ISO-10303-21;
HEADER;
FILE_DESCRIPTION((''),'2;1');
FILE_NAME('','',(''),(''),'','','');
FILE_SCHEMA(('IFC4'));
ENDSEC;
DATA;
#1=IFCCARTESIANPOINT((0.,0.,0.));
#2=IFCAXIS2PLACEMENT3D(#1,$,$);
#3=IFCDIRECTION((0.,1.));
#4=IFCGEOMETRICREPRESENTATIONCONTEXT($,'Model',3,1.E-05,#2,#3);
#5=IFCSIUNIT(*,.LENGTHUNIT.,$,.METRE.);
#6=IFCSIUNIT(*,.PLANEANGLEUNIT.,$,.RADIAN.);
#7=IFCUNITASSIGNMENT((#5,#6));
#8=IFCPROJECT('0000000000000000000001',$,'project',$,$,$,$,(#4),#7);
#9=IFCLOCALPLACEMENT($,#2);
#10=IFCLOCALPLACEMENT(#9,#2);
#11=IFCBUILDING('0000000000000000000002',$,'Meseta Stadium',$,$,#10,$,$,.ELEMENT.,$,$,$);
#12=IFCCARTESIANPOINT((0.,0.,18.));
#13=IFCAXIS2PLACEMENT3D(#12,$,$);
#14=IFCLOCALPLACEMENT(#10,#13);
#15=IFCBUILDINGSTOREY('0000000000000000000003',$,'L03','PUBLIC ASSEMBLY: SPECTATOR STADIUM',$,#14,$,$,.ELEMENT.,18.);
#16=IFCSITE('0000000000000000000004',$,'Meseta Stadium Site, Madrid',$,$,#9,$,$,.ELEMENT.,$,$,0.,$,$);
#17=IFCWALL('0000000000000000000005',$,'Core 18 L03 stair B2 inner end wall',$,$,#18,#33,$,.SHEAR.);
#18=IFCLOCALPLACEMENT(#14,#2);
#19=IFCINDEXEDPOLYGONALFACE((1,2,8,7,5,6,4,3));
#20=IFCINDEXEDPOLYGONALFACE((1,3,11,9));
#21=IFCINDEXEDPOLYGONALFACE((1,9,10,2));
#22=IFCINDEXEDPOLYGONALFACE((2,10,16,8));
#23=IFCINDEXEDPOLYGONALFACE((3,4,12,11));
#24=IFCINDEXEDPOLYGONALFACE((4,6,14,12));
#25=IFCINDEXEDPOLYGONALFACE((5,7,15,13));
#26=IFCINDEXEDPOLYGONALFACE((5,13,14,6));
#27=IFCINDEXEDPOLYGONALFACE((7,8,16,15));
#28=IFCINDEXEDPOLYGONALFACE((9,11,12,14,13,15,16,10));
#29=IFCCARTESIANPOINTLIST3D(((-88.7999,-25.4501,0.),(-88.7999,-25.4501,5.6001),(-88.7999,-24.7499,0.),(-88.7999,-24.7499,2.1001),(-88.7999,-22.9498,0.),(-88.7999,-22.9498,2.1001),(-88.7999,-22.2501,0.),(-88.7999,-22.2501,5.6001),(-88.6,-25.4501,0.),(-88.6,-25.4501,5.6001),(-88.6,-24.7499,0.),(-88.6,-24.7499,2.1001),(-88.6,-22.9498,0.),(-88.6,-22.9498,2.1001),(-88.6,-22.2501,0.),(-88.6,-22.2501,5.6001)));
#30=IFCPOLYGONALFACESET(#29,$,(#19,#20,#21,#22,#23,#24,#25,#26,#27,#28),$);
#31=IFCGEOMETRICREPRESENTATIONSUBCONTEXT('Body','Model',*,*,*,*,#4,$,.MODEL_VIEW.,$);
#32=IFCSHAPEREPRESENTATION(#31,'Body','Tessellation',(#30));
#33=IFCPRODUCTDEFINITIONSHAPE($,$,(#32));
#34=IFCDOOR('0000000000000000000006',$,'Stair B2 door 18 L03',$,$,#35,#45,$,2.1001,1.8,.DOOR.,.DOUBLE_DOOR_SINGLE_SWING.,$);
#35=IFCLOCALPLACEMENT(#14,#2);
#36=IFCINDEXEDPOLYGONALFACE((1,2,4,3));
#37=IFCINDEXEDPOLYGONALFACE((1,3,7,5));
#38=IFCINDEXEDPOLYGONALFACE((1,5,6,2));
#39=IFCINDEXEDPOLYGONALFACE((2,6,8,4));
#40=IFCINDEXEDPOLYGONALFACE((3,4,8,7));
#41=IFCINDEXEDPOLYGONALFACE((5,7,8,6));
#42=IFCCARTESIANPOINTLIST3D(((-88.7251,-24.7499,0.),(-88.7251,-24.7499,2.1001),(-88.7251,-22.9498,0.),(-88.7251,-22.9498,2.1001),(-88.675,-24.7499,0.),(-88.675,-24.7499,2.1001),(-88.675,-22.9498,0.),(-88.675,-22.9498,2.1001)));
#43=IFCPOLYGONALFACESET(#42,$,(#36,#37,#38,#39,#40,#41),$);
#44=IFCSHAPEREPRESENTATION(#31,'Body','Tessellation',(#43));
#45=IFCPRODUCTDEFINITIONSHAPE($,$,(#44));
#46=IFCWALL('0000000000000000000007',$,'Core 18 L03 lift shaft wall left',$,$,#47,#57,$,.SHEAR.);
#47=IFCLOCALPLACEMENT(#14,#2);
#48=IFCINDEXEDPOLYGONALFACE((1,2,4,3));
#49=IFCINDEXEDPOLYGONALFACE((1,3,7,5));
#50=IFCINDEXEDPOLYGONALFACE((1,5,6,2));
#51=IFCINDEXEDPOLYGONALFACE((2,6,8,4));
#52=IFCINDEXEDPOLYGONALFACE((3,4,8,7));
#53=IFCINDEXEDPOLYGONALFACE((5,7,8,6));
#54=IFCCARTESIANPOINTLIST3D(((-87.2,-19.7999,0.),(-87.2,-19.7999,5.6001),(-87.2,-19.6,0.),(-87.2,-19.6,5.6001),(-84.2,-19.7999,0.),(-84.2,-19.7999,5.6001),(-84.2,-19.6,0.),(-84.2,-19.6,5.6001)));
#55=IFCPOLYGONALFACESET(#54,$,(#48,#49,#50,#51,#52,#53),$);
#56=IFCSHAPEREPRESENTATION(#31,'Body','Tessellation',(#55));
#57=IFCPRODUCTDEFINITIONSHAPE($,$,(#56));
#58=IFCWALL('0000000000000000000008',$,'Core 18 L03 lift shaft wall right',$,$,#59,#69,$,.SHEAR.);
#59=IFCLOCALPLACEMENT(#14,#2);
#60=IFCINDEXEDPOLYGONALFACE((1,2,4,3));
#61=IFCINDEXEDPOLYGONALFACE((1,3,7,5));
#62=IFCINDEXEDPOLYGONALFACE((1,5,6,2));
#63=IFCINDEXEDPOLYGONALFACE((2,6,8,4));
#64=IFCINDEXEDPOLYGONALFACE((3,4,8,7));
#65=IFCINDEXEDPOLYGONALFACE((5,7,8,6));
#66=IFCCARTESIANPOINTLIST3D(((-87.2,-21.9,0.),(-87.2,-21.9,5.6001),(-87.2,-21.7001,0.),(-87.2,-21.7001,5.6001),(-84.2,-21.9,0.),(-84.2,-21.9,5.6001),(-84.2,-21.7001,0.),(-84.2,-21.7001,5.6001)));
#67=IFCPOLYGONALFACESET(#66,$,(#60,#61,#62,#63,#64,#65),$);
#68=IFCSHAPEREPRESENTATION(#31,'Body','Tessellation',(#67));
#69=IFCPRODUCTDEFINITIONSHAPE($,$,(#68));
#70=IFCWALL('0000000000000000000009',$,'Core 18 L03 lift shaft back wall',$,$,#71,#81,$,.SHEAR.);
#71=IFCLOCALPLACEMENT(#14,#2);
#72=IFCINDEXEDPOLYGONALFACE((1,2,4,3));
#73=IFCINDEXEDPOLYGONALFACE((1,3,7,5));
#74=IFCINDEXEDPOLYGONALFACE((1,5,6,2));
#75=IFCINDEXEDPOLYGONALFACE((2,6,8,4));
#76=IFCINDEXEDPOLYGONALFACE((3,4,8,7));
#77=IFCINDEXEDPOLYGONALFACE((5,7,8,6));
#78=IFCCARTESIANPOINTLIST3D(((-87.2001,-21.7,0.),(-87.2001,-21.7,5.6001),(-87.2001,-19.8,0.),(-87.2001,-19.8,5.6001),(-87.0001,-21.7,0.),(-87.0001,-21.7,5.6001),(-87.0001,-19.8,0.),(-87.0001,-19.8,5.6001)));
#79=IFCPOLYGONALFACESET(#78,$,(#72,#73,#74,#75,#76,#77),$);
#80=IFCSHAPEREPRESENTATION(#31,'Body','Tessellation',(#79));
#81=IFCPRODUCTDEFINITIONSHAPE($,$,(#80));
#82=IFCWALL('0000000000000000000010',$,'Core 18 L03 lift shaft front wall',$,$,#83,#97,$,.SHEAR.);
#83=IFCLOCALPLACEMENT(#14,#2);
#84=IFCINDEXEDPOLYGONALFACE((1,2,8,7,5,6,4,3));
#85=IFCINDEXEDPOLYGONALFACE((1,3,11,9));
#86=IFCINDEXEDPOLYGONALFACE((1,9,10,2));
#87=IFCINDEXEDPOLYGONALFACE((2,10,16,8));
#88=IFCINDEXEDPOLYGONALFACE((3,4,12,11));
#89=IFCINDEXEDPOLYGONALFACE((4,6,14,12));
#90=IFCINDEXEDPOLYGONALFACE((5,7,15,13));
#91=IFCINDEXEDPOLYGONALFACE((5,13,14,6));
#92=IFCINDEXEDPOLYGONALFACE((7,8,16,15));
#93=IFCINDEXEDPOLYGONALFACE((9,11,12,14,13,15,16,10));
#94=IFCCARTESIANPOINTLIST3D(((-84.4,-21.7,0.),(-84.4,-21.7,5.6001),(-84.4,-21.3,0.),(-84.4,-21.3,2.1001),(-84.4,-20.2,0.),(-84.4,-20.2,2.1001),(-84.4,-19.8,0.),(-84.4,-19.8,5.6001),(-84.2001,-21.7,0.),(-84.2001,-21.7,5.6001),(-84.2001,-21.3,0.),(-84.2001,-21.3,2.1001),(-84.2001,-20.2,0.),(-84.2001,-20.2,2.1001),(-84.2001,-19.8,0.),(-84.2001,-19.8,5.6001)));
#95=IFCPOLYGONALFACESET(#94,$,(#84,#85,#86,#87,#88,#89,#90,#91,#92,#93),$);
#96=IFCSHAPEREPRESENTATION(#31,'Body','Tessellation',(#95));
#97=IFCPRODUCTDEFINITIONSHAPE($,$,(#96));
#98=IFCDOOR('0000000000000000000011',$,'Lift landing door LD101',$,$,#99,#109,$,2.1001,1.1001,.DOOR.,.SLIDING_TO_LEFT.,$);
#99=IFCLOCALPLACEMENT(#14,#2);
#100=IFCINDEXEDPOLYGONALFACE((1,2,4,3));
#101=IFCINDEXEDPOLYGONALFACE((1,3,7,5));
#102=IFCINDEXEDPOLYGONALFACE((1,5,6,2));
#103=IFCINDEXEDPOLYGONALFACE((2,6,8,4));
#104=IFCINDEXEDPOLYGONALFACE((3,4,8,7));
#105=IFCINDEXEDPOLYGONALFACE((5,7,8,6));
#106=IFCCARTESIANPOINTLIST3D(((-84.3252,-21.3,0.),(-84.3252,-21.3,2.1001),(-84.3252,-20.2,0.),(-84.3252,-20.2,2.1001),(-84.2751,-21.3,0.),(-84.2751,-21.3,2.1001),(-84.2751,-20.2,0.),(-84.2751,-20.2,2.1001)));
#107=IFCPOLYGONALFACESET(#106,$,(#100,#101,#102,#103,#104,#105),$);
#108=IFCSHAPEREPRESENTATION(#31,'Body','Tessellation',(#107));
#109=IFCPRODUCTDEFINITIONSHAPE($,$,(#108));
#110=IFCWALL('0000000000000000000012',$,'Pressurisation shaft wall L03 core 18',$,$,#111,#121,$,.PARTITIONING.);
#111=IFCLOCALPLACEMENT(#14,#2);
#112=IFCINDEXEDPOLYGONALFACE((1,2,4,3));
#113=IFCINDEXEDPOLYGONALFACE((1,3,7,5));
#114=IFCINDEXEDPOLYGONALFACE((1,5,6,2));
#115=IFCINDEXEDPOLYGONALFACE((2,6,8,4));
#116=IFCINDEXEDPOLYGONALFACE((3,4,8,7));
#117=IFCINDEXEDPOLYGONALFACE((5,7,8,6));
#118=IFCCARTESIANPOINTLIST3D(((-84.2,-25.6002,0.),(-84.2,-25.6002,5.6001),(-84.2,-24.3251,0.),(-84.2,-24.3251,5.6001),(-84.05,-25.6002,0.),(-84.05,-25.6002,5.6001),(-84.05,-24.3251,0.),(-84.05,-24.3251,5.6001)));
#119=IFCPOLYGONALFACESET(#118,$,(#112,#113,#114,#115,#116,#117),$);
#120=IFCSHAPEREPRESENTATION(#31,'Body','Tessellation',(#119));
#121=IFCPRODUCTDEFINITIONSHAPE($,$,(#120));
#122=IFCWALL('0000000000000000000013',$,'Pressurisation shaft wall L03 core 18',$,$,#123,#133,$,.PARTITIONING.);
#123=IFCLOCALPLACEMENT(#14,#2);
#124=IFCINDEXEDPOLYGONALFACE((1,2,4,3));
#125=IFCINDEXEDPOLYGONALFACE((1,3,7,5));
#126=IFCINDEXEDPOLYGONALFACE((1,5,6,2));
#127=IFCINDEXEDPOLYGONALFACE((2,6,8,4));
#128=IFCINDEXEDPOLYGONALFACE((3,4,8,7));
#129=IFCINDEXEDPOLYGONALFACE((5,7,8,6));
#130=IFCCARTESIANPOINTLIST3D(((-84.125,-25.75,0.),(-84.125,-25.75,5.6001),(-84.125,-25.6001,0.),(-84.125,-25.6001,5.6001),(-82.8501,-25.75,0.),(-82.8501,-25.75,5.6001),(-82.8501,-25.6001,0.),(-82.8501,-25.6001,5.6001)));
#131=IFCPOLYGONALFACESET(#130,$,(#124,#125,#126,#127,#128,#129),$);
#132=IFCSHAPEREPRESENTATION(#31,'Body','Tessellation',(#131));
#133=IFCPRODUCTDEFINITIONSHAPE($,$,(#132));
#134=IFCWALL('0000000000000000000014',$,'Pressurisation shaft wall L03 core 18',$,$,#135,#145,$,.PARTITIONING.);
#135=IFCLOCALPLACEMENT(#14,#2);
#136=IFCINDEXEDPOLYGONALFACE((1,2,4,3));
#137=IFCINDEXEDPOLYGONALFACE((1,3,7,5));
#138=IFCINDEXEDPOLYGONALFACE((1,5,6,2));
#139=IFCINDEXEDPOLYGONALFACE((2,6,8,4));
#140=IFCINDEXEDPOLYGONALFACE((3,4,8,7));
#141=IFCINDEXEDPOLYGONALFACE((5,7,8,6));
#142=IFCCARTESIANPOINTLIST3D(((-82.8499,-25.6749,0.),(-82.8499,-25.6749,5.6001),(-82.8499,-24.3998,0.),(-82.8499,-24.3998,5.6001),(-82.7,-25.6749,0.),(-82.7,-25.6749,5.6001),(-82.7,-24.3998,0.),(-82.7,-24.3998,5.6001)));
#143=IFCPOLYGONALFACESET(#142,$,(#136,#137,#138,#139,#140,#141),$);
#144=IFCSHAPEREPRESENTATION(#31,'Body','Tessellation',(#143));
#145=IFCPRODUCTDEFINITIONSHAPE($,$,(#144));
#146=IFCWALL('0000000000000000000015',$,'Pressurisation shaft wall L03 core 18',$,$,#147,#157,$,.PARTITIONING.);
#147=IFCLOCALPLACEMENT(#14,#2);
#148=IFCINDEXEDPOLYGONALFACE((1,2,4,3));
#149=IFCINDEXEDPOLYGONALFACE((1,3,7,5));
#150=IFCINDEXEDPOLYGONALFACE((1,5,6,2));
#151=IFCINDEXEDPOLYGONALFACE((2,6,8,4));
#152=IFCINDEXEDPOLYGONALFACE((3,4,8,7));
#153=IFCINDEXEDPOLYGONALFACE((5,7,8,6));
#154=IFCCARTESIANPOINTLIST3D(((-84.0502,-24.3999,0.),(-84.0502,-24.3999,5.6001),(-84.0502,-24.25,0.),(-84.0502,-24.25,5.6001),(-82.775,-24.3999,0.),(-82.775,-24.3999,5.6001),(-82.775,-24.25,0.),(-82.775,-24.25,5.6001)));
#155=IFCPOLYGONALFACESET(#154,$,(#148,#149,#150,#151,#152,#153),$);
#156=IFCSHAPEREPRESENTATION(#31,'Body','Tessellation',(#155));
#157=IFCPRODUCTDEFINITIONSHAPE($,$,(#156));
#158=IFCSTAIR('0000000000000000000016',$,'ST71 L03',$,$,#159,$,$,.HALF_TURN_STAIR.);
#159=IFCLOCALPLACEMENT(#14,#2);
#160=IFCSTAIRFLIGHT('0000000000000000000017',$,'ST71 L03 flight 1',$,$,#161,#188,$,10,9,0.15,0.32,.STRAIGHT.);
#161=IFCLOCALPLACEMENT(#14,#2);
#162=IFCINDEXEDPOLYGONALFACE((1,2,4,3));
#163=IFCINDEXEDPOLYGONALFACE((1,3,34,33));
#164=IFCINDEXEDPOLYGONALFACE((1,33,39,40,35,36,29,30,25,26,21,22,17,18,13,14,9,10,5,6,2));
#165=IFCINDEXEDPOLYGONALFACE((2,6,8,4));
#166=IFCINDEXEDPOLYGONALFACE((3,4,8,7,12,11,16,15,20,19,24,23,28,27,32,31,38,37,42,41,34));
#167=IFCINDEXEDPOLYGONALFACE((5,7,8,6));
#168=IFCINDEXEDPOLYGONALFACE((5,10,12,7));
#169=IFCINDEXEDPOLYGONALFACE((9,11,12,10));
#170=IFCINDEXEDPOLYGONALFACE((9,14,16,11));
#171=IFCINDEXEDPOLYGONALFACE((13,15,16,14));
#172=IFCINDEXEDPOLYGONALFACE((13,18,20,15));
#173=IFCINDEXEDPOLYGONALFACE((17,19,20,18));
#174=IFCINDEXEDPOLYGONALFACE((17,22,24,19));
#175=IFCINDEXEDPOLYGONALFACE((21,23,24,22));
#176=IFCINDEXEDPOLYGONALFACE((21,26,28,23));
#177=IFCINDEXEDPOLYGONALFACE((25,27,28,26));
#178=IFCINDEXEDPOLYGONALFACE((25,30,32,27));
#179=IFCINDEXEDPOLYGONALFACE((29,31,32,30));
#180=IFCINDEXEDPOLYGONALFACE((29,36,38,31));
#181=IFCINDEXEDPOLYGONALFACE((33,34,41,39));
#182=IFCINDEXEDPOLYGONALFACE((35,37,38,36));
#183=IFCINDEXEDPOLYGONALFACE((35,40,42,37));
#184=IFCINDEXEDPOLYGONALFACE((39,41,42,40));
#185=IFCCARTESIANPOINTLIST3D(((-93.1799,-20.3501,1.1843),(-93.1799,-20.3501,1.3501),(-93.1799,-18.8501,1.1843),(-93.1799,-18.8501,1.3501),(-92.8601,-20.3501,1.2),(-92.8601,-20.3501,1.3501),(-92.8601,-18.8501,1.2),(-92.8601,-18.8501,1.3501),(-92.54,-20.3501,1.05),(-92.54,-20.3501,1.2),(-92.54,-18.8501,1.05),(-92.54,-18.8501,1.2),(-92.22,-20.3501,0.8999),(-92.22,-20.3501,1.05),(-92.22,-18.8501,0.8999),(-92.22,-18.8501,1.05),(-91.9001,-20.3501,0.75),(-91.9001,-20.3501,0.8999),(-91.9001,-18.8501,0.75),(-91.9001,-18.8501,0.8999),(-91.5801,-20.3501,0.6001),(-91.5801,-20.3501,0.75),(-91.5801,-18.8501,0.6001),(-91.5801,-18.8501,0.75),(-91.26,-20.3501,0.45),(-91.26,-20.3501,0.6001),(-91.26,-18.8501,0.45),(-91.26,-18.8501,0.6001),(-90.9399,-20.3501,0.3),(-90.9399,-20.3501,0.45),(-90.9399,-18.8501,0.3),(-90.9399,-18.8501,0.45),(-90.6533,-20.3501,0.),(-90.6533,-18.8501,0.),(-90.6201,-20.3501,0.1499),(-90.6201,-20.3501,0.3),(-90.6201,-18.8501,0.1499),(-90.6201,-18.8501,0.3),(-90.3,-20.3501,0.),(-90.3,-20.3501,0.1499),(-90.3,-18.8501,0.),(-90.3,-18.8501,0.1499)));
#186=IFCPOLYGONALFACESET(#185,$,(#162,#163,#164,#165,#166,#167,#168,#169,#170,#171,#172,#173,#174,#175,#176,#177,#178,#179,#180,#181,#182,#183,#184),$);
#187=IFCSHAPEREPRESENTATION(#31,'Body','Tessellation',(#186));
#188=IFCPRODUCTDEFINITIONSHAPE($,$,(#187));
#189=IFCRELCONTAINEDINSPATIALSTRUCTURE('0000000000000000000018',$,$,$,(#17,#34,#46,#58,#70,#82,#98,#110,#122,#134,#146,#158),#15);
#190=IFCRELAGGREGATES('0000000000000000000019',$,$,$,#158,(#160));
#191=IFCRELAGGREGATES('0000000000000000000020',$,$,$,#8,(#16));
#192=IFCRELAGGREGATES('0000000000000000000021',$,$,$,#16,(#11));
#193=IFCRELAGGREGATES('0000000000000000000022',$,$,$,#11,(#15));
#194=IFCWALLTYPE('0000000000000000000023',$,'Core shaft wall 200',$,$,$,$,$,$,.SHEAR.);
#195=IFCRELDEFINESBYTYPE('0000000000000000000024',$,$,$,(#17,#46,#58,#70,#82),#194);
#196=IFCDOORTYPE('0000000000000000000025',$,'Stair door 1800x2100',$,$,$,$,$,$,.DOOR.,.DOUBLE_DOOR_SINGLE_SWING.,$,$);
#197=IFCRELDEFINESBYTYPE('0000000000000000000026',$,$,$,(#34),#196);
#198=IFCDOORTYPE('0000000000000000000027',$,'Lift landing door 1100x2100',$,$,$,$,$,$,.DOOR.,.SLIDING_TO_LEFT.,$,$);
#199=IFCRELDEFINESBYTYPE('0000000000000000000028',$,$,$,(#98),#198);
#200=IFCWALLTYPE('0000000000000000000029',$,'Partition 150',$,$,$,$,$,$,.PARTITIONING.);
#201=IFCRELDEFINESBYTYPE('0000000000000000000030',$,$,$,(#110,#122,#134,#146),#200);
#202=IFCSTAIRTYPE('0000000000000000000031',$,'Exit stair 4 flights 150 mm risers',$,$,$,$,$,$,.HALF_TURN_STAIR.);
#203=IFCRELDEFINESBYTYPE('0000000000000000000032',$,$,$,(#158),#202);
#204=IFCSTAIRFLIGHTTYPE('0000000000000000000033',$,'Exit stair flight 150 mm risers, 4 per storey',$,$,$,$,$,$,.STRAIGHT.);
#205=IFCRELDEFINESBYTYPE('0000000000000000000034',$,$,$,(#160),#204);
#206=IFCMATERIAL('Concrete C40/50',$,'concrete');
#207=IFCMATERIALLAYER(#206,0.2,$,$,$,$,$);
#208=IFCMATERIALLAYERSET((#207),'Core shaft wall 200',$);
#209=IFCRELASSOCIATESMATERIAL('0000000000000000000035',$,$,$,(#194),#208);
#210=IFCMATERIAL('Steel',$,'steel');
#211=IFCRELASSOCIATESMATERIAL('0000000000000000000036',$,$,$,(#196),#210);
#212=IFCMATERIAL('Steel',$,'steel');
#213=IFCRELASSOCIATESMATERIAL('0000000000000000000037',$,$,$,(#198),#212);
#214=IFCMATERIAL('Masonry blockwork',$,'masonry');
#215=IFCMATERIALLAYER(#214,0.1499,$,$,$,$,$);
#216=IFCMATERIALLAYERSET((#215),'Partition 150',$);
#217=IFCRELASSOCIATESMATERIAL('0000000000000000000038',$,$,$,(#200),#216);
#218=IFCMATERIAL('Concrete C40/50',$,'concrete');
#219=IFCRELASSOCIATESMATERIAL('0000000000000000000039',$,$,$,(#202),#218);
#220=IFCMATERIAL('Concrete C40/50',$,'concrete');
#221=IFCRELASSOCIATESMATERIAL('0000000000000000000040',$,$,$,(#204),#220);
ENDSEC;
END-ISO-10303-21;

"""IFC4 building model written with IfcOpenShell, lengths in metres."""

from ifc_helpers import new_model, si_unit, direction, frame, frame_2d, origin, place, context, subcontext, project, spatial, polyline, rectangle, outline, extrude, material, layer, layer_set, type_object, element, fill, aggregate, save


model = new_model("IFC4")

# Units and contexts
model_context = context("Model", 3, precision=1e-05, world=origin(), true_north=direction((0.0, 1.0)))
body_context = subcontext(model_context, "Body", "Model", "MODEL_VIEW")
ifc_project = project(units=[si_unit("LENGTHUNIT", "METRE"), si_unit("PLANEANGLEUNIT", "RADIAN")], contexts=[model_context])

# Site, building, storey
site_placement = place(None, origin())
site = spatial("IfcSite", under=ifc_project, at=site_placement, Name="Meseta Stadium Site, Madrid", CompositionType="ELEMENT", RefElevation=0.0)
building_placement = place(site_placement, origin())
building = spatial("IfcBuilding", under=site, at=building_placement, Name="Meseta Stadium", CompositionType="ELEMENT")
storey_placement = place(building_placement, frame((0.0, 0.0, 18.0)))
storey = spatial("IfcBuildingStorey", under=building, at=storey_placement, Name="L03", Description="PUBLIC ASSEMBLY: SPECTATOR STADIUM", CompositionType="ELEMENT", Elevation=18.0)

# Wall, opening, door
ifc_material_1 = material(Name="Concrete C40/50", Category="concrete")
ifc_layer_1 = layer(ifc_material_1, 0.2)
ifc_layer_set_1 = layer_set([ifc_layer_1], Name="Core shaft wall 200")
wall_type_1 = type_object("IfcWallType", Name="Core shaft wall 200", PredefinedType="SHEAR", material=ifc_layer_set_1)
wall_1_placement = place(storey_placement, frame((-88.7, -22.25, 0.0), z_axis=(0.0, 0.0, 1.0), x_axis=(0.0, -1.0, 0.0)))
wall_1 = element("IfcWall", 1, at=wall_1_placement, inside=storey, type_object=wall_type_1, Name="Core 18 L03 stair B2 inner end wall", PredefinedType="SHEAR", context=body_context, shape_type="SweptSolid", body=[
    extrude(rectangle(XDim=3.2, YDim=0.2, at=frame_2d((1.6001, 0.0))), origin(), (0.0, 0.0, 1.0), 5.6001),
])
opening_1_placement = place(wall_1_placement, frame((0.7, 0.0, 0.0)))
opening_1 = element("IfcOpeningElement", 2, at=opening_1_placement, cuts=wall_1, PredefinedType="OPENING", context=body_context, shape_type="SweptSolid", body=[
    extrude(rectangle(XDim=1.8, YDim=2.1001, at=frame_2d((0.8999, 1.05))), frame((0.0, 0.1099, 0.0), z_axis=(0.0, -1.0, 0.0), x_axis=(1.0, 0.0, 0.0)), (0.0, 0.0, 1.0), 0.22),
])
ifc_material_2 = material(Name="Steel", Category="steel")
door_type_1 = type_object("IfcDoorType", Name="Stair door 1800x2100", OperationType="DOUBLE_DOOR_SINGLE_SWING", PredefinedType="DOOR", material=ifc_material_2)
door_1_placement = place(opening_1_placement, origin())
door_1 = element("IfcDoor", 3, at=door_1_placement, inside=storey, type_object=door_type_1, Name="Stair B2 door 18 L03", OperationType="DOUBLE_DOOR_SINGLE_SWING", OverallHeight=2.1001, OverallWidth=1.8, PredefinedType="DOOR", context=body_context, shape_type="SweptSolid", body=[
    extrude(rectangle(XDim=1.8, YDim=2.1001, at=frame_2d((0.8999, 1.05))), frame((0.0, 0.0249, 0.0), z_axis=(0.0, -1.0, 0.0), x_axis=(1.0, 0.0, 0.0)), (0.0, 0.0, 1.0), 0.05),
])
fill(opening_1, door_1)

# Walls
for number, where, z_axis, x_axis, name in (
    (4, (-87.2, -19.7, 0.0), (0.0, 0.0, 1.0), (1.0, 0.0, 0.0), "Core 18 L03 lift shaft wall left"),
    (5, (-87.2, -21.8, 0.0), (0.0, 0.0, 1.0), (1.0, 0.0, 0.0), "Core 18 L03 lift shaft wall right"),
):
    element("IfcWall", number, at=place(storey_placement, frame(where, z_axis=z_axis, x_axis=x_axis)), inside=storey, type_object=wall_type_1, Name=name, PredefinedType="SHEAR", context=body_context, shape_type="SweptSolid", body=[
        extrude(rectangle(XDim=3.0, YDim=0.2, at=frame_2d((1.5, 0.0))), origin(), (0.0, 0.0, 1.0), 5.6001),
    ])
wall_2_placement = place(storey_placement, frame((-87.1001, -19.8, 0.0), z_axis=(0.0, 0.0, 1.0), x_axis=(0.0, -1.0, 0.0)))
element("IfcWall", 6, at=wall_2_placement, inside=storey, type_object=wall_type_1, Name="Core 18 L03 lift shaft back wall", PredefinedType="SHEAR", context=body_context, shape_type="SweptSolid", body=[
    extrude(rectangle(XDim=1.8999, YDim=0.2, at=frame_2d((0.95, 0.0))), origin(), (0.0, 0.0, 1.0), 5.6001),
])

# Wall, opening, door
wall_3_placement = place(storey_placement, frame((-84.3, -19.8, 0.0), z_axis=(0.0, 0.0, 1.0), x_axis=(0.0, -1.0, 0.0)))
wall_3 = element("IfcWall", 7, at=wall_3_placement, inside=storey, type_object=wall_type_1, Name="Core 18 L03 lift shaft front wall", PredefinedType="SHEAR", context=body_context, shape_type="SweptSolid", body=[
    extrude(rectangle(XDim=1.8999, YDim=0.2, at=frame_2d((0.95, 0.0))), origin(), (0.0, 0.0, 1.0), 5.6001),
])
opening_2_placement = place(wall_3_placement, frame((0.3999, 0.0, 0.0)))
opening_2 = element("IfcOpeningElement", 8, at=opening_2_placement, cuts=wall_3, PredefinedType="OPENING", context=body_context, shape_type="SweptSolid", body=[
    extrude(rectangle(XDim=1.1001, YDim=2.1001, at=frame_2d((0.55, 1.05))), frame((0.0, 0.1099, 0.0), z_axis=(0.0, -1.0, 0.0), x_axis=(1.0, 0.0, 0.0)), (0.0, 0.0, 1.0), 0.22),
])
ifc_material_3 = material(Name="Steel", Category="steel")
door_type_2 = type_object("IfcDoorType", Name="Lift landing door 1100x2100", OperationType="SLIDING_TO_LEFT", PredefinedType="DOOR", material=ifc_material_3)
door_2_placement = place(opening_2_placement, origin())
door_2 = element("IfcDoor", 9, at=door_2_placement, inside=storey, type_object=door_type_2, Name="Lift landing door LD101", OperationType="SLIDING_TO_LEFT", OverallHeight=2.1001, OverallWidth=1.1001, PredefinedType="DOOR", context=body_context, shape_type="SweptSolid", body=[
    extrude(rectangle(XDim=1.1001, YDim=2.1001, at=frame_2d((0.55, 1.05))), frame((0.0, 0.0249, 0.0), z_axis=(0.0, -1.0, 0.0), x_axis=(1.0, 0.0, 0.0)), (0.0, 0.0, 1.0), 0.05),
])
fill(opening_2, door_2)

# Walls
ifc_material_4 = material(Name="Masonry blockwork", Category="masonry")
ifc_layer_2 = layer(ifc_material_4, 0.1499)
ifc_layer_set_2 = layer_set([ifc_layer_2], Name="Partition 150")
wall_type_2 = type_object("IfcWallType", Name="Partition 150", PredefinedType="PARTITIONING", material=ifc_layer_set_2)
wall_4_placement = place(storey_placement, frame((-84.125, -24.325, 0.0), z_axis=(0.0, 0.0, 1.0), x_axis=(0.0, -1.0, 0.0)))
element("IfcWall", 10, at=wall_4_placement, inside=storey, type_object=wall_type_2, Name="Pressurisation shaft wall L03 core 18", PredefinedType="PARTITIONING", context=body_context, shape_type="SweptSolid", body=[
    extrude(rectangle(XDim=1.2751, YDim=0.1499, at=frame_2d((0.6377, 0.0))), origin(), (0.0, 0.0, 1.0), 5.6001),
])
wall_5_placement = place(storey_placement, frame((-84.125, -25.675, 0.0), z_axis=(0.0, 0.0, 1.0), x_axis=(1.0, 0.0, 0.0)))
element("IfcWall", 11, at=wall_5_placement, inside=storey, type_object=wall_type_2, Name="Pressurisation shaft wall L03 core 18", PredefinedType="PARTITIONING", context=body_context, shape_type="SweptSolid", body=[
    extrude(rectangle(XDim=1.2749, YDim=0.1499, at=frame_2d((0.6375, 0.0))), origin(), (0.0, 0.0, 1.0), 5.6001),
])
for number, where, z_axis, x_axis, name in (
    (12, (-82.7749, -25.675, 0.0), (0.0, 0.0, 1.0), (0.0, 1.0, 0.0), "Pressurisation shaft wall L03 core 18"),
    (13, (-82.7749, -24.325, 0.0), (0.0, 0.0, 1.0), (-1.0, 0.0, 0.0), "Pressurisation shaft wall L03 core 18"),
):
    element("IfcWall", number, at=place(storey_placement, frame(where, z_axis=z_axis, x_axis=x_axis)), inside=storey, type_object=wall_type_2, Name=name, PredefinedType="PARTITIONING", context=body_context, shape_type="SweptSolid", body=[
        extrude(rectangle(XDim=1.2751, YDim=0.1499, at=frame_2d((0.6377, 0.0))), origin(), (0.0, 0.0, 1.0), 5.6001),
    ])

# Stair, stair flight
ifc_material_5 = material(Name="Concrete C40/50", Category="concrete")
stair_type = type_object("IfcStairType", Name="Exit stair 4 flights 150 mm risers", PredefinedType="HALF_TURN_STAIR", material=ifc_material_5)
stair_1_placement = place(storey_placement, origin())
stair_1 = element("IfcStair", 14, at=stair_1_placement, inside=storey, type_object=stair_type, Name="ST71 L03", PredefinedType="HALF_TURN_STAIR")
ifc_material_6 = material(Name="Concrete C40/50", Category="concrete")
stair_flight_type = type_object("IfcStairFlightType", Name="Exit stair flight 150 mm risers, 4 per storey", PredefinedType="STRAIGHT", material=ifc_material_6)
stair_flight_1_placement = place(storey_placement, frame((-90.3, -19.6001, 0.0), z_axis=(0.0, 0.0, 1.0), x_axis=(-1.0, 0.0, 0.0)))
stair_flight_1 = element("IfcStairFlight", 15, at=stair_flight_1_placement, type_object=stair_flight_type, Name="ST71 L03 flight 1", NumberOfRisers=10, NumberOfTreads=9, PredefinedType="STRAIGHT", RiserHeight=0.15, TreadLength=0.32, context=body_context, shape_type="SweptSolid", body=[
    extrude(outline(polyline([(0.0, 0.0), (0.0, 0.1499), (0.3201, 0.1499), (0.3201, 0.3), (0.6399, 0.3), (0.6399, 0.45), (0.96, 0.45), (0.96, 0.6001), (1.28, 0.6001), (1.28, 0.75), (1.6001, 0.75), (1.6001, 0.8999), (1.9199, 0.8999), (1.9199, 1.05), (2.24, 1.05), (2.24, 1.2), (2.5601, 1.2), (2.5601, 1.3501), (2.8799, 1.3501), (2.8799, 1.1843), (0.3533, 0.0), (0.0, 0.0)])), frame((0.0, 0.75, 0.0), z_axis=(0.0, -1.0, 0.0), x_axis=(1.0, 0.0, 0.0)), (0.0, 0.0, 1.0), 1.5),
])
aggregate(stair_1, [stair_flight_1])

save(model, "model.ifc")
